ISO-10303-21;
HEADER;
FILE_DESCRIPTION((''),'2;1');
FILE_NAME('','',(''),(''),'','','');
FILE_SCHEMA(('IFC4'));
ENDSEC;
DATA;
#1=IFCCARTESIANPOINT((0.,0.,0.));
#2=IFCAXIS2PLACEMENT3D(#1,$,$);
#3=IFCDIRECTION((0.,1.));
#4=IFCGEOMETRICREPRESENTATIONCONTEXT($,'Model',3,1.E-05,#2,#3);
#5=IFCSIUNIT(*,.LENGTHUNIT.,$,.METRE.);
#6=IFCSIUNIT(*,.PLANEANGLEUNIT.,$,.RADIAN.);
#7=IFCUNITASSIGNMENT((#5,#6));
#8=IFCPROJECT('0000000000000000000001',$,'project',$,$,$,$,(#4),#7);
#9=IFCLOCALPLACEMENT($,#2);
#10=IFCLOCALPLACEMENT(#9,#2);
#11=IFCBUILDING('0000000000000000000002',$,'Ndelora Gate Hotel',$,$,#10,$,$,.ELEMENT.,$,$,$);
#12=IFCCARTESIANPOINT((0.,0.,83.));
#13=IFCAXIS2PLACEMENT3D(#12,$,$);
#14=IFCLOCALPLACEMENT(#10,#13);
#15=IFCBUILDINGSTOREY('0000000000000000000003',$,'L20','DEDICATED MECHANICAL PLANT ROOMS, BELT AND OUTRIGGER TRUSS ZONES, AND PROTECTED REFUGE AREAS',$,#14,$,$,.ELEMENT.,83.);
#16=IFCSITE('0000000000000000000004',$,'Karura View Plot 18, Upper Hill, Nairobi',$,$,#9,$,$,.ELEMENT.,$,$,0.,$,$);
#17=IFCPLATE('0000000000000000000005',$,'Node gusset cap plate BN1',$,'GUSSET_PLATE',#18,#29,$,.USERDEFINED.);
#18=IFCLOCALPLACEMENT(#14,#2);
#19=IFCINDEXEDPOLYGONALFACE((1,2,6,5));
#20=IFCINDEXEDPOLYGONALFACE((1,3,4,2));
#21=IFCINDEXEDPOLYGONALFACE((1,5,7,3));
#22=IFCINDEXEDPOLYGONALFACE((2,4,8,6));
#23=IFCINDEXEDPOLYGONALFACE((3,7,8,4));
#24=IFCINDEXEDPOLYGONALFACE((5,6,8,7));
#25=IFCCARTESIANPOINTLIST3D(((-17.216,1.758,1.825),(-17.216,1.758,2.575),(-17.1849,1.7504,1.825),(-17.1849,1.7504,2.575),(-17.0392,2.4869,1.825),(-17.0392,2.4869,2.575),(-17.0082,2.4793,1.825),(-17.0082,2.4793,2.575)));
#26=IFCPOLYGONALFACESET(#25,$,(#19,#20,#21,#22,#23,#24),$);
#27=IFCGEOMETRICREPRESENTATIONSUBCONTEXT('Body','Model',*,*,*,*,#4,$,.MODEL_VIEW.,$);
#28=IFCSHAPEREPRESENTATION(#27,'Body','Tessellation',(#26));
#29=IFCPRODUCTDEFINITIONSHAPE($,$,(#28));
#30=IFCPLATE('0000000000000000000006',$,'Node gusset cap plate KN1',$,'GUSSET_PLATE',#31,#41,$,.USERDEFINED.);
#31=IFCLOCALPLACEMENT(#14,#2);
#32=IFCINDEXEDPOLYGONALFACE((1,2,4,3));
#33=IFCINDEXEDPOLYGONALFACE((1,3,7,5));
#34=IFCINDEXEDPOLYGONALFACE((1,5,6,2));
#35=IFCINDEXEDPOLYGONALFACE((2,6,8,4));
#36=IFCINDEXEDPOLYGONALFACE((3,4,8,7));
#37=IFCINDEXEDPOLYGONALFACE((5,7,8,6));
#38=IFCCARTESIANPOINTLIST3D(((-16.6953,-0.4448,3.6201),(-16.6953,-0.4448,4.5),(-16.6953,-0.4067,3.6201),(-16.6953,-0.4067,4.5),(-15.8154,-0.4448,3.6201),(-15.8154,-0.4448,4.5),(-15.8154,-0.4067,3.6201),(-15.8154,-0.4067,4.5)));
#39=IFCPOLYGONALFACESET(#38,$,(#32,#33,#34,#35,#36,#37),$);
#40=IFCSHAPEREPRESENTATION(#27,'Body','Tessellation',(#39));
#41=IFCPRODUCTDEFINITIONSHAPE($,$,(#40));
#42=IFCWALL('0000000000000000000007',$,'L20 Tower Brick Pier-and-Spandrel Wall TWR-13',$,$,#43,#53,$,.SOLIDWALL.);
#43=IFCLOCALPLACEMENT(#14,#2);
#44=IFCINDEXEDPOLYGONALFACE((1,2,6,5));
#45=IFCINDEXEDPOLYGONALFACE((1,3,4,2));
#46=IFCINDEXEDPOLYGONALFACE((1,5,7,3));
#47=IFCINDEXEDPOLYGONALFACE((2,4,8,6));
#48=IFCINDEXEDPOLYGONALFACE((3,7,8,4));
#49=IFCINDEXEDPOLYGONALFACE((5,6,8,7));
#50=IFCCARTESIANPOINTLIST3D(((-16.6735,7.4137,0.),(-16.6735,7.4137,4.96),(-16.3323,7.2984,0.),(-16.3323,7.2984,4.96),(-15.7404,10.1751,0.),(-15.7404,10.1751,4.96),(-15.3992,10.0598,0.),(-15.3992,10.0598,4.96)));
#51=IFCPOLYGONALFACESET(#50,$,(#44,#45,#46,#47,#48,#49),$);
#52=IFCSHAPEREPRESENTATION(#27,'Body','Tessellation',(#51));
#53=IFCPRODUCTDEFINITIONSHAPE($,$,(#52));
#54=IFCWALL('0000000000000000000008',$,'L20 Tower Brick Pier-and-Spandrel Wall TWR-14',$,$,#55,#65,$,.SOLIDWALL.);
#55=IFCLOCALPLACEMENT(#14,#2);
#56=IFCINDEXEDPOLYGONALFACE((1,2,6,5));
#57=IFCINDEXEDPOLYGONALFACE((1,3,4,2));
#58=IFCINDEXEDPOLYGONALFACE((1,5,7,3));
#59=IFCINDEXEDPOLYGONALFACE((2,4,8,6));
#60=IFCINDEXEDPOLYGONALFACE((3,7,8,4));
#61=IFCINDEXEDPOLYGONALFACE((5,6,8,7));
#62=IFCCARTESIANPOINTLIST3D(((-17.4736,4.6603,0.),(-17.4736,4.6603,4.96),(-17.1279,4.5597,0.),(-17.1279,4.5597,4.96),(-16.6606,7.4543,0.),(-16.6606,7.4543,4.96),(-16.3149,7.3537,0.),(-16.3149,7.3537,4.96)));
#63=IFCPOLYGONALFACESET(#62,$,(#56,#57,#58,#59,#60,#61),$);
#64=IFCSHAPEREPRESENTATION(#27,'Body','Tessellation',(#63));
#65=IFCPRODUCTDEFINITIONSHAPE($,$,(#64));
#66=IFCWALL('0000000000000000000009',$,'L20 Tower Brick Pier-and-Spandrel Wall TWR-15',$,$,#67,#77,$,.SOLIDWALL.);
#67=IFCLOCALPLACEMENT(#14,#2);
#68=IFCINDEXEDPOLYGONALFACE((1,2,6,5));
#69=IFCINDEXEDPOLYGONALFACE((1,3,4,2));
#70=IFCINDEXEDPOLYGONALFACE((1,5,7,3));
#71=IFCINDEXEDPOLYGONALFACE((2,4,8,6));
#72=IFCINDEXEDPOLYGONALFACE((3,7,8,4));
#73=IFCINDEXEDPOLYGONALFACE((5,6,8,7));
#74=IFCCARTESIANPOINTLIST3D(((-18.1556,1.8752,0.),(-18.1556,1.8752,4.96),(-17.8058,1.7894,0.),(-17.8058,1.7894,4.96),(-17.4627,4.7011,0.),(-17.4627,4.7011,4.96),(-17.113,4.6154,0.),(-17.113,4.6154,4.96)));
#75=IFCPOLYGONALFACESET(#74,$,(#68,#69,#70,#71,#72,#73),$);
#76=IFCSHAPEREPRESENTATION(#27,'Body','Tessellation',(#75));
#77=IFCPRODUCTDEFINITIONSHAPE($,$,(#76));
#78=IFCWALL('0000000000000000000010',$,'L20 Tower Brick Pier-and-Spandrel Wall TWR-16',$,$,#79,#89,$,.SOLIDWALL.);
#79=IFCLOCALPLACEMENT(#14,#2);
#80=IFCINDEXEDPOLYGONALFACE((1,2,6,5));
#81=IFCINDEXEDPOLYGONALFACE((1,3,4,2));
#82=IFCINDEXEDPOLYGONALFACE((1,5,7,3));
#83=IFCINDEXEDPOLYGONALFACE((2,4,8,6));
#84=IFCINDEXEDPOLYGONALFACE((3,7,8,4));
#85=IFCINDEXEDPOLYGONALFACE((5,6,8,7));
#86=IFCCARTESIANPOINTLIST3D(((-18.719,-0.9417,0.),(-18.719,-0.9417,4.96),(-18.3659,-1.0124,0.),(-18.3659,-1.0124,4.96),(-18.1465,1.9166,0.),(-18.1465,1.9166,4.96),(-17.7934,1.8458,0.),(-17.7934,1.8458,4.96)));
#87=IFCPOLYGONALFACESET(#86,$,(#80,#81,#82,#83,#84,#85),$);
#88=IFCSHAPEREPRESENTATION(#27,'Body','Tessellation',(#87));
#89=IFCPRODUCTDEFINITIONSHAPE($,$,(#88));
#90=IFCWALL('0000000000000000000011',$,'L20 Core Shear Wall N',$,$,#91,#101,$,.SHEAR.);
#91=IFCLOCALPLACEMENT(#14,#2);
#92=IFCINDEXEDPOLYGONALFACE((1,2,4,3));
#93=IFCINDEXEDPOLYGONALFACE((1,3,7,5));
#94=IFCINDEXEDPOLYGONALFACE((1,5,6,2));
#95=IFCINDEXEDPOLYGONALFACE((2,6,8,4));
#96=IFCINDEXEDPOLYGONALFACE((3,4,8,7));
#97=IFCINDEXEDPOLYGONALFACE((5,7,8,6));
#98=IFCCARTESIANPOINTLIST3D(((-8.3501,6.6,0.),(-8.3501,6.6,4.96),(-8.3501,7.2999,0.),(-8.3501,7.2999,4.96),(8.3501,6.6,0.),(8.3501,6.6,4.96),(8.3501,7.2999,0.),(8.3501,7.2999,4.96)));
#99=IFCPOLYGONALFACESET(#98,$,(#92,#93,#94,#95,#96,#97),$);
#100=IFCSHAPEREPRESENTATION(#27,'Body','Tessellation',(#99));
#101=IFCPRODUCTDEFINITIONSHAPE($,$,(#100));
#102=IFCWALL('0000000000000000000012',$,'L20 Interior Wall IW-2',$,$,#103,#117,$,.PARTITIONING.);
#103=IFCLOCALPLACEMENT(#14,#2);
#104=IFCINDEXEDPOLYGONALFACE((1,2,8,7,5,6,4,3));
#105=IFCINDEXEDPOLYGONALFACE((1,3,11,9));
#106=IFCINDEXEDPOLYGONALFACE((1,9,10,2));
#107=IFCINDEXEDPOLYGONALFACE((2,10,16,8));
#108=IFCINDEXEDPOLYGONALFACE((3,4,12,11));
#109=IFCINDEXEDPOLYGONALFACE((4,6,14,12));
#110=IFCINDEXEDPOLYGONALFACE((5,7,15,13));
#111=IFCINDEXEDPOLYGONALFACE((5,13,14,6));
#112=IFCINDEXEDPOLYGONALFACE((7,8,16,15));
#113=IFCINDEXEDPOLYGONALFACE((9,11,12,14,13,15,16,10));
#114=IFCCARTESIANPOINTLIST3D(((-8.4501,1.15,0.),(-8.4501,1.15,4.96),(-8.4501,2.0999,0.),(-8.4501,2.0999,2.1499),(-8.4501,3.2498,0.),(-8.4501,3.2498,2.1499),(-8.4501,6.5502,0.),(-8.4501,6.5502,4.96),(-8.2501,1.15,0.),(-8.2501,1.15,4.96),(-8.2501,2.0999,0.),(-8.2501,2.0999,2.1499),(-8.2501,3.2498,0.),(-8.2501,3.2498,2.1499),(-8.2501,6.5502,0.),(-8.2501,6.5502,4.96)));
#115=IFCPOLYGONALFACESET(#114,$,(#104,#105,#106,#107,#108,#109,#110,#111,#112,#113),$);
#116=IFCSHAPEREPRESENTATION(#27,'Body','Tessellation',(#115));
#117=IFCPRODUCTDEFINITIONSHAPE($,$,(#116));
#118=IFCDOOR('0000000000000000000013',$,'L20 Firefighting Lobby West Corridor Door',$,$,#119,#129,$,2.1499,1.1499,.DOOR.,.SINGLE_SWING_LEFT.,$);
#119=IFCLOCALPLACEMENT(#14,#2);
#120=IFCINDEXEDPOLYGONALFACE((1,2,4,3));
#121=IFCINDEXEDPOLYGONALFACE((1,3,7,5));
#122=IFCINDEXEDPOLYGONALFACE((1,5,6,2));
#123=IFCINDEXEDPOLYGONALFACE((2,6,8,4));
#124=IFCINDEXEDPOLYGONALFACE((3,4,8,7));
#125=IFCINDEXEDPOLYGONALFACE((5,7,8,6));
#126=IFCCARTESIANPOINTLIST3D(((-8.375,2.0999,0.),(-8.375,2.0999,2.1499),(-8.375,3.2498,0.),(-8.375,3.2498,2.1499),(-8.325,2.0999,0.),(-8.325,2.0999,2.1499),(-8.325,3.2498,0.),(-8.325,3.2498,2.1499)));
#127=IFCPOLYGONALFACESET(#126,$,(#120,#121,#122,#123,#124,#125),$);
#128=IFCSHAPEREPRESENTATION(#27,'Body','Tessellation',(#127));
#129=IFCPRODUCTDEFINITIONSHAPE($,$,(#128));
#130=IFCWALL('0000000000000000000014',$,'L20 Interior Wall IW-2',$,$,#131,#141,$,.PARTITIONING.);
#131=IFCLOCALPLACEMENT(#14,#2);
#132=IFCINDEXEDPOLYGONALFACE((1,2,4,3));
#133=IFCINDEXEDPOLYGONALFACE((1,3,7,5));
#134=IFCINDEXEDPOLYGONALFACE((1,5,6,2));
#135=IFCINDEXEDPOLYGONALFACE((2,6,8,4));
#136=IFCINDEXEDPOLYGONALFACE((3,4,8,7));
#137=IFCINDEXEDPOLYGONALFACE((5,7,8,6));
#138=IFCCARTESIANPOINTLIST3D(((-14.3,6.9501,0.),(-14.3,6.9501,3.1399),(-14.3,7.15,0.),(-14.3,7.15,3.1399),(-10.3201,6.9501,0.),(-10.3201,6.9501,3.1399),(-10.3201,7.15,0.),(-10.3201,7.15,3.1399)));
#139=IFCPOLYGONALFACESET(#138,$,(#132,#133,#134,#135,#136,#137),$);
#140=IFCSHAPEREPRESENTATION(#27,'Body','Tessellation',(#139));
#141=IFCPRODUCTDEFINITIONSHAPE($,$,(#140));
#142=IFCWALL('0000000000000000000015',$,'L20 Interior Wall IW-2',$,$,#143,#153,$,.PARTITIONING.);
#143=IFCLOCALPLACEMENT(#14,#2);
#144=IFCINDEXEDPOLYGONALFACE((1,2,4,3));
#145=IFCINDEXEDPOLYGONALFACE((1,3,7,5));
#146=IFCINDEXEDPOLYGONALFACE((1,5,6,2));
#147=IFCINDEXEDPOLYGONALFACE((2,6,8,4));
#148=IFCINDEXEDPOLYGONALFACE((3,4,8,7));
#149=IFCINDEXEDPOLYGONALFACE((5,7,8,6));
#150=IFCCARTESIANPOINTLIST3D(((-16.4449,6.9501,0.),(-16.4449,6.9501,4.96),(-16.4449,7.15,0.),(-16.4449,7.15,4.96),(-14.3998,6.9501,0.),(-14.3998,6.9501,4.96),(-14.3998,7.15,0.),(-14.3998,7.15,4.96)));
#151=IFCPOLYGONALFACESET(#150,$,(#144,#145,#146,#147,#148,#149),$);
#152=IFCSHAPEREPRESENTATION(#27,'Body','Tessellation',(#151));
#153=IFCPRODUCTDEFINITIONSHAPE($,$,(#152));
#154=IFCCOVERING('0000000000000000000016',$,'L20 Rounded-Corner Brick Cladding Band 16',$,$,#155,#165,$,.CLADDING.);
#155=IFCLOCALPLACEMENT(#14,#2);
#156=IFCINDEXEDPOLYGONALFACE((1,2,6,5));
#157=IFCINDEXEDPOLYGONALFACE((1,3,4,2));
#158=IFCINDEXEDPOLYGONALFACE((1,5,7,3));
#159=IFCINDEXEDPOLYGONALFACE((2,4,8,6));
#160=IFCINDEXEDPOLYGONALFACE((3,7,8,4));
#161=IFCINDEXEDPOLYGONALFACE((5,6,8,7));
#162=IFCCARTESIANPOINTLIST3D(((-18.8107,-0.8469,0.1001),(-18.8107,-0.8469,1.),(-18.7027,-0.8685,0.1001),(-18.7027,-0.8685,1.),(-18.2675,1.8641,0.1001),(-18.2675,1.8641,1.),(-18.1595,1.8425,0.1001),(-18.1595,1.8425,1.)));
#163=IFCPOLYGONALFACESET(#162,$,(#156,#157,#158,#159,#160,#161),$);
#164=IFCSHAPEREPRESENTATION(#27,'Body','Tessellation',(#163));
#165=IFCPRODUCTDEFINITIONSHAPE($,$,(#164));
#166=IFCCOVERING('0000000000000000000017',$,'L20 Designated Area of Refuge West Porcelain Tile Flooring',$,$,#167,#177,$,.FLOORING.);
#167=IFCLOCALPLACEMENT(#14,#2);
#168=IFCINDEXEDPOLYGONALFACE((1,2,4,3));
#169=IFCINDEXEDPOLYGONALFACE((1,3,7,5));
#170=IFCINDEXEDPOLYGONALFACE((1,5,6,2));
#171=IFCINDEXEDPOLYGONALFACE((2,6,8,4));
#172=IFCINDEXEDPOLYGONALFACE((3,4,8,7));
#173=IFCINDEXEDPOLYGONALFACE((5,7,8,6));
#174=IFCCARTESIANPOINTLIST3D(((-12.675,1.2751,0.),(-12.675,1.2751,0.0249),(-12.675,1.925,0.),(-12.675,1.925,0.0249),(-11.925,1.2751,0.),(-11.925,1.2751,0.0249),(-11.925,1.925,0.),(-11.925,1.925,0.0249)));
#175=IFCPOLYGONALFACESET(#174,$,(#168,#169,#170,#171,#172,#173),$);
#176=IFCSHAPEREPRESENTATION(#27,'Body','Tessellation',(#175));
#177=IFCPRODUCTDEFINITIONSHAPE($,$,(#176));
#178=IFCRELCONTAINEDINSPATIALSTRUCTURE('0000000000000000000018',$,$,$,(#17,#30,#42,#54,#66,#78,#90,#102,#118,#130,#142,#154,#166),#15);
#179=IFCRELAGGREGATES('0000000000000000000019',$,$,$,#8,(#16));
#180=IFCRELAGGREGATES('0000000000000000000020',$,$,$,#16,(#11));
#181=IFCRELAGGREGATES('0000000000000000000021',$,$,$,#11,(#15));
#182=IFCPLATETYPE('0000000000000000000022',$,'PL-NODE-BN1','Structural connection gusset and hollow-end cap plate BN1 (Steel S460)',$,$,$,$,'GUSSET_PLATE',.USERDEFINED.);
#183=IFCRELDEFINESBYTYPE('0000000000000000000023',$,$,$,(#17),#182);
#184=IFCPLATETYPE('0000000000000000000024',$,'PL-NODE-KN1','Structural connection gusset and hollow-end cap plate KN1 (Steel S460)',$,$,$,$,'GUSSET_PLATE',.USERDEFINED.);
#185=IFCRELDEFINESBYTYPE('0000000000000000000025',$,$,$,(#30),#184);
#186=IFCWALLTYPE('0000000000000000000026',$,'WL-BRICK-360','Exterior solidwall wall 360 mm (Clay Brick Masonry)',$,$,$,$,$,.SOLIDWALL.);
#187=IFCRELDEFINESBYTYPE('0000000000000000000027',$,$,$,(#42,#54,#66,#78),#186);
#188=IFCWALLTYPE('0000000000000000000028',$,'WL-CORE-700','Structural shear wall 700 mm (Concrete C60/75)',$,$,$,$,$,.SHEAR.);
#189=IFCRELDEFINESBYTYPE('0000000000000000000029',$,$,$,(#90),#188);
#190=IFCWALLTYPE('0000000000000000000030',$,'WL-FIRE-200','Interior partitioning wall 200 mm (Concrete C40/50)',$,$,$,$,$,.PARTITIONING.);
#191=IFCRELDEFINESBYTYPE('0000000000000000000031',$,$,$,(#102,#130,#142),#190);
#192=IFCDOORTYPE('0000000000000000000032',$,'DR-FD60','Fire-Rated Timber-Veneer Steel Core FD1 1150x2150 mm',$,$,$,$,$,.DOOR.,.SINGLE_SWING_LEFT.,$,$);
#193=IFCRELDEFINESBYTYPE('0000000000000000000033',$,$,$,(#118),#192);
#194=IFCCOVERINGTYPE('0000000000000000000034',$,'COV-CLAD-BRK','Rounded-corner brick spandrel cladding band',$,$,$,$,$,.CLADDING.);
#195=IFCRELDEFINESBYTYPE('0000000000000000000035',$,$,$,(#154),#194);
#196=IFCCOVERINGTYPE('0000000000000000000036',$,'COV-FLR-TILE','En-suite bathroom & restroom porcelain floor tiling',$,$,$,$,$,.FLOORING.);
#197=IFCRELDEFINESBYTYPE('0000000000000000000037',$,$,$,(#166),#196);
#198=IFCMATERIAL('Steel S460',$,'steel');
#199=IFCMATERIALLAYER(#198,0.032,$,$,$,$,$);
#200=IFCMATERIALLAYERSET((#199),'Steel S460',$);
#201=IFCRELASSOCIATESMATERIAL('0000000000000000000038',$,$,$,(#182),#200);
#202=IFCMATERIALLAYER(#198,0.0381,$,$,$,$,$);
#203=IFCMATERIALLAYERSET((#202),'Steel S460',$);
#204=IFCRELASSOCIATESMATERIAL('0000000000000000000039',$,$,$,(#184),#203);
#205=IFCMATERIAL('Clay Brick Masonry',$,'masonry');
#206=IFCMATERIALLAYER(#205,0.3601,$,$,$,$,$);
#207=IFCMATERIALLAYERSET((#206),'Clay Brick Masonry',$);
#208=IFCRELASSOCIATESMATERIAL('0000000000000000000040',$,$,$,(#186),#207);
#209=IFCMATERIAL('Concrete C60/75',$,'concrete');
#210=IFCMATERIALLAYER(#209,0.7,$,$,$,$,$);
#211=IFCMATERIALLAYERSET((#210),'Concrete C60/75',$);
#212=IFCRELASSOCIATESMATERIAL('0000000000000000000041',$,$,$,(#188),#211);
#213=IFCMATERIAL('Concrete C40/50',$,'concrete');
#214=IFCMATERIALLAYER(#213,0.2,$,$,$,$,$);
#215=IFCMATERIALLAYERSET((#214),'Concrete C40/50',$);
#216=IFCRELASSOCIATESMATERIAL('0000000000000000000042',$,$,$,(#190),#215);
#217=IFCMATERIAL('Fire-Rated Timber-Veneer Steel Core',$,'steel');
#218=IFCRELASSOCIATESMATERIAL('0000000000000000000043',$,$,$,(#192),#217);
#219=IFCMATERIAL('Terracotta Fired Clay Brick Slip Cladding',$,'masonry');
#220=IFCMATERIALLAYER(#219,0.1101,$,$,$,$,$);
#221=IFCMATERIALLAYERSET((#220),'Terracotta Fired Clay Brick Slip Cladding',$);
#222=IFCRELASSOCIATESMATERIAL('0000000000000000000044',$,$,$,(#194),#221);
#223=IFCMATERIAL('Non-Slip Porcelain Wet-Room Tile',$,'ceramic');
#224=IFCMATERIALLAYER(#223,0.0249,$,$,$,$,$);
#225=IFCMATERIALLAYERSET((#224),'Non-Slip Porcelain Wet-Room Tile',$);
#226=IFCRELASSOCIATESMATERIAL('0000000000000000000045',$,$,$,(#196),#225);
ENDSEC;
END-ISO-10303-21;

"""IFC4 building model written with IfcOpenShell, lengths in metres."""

from ifc_helpers import new_model, si_unit, direction, frame, frame_2d, origin, origin_2d, place, context, subcontext, project, spatial, rectangle, extrude, material, layer, layer_set, type_object, element, fill, save


model = new_model("IFC4")

# Units and contexts
model_context = context("Model", 3, precision=1e-05, world=origin(), true_north=direction((0.0, 1.0)))
body_context = subcontext(model_context, "Body", "Model", "MODEL_VIEW")
ifc_project = project(units=[si_unit("LENGTHUNIT", "METRE"), si_unit("PLANEANGLEUNIT", "RADIAN")], contexts=[model_context])

# Site, building, storey
site_placement = place(None, origin())
site = spatial("IfcSite", under=ifc_project, at=site_placement, Name="Karura View Plot 18, Upper Hill, Nairobi", CompositionType="ELEMENT", RefElevation=0.0)
building_placement = place(site_placement, origin())
building = spatial("IfcBuilding", under=site, at=building_placement, Name="Ndelora Gate Hotel", CompositionType="ELEMENT")
storey_placement = place(building_placement, frame((0.0, 0.0, 83.0)))
storey = spatial("IfcBuildingStorey", under=building, at=storey_placement, Name="L20", Description="DEDICATED MECHANICAL PLANT ROOMS, BELT AND OUTRIGGER TRUSS ZONES, AND PROTECTED REFUGE AREAS", CompositionType="ELEMENT", Elevation=83.0)

# Shared definitions
ifc_material_1 = material(Name="Concrete C60/75", Category="concrete")

# Shared definitions
ifc_material_2 = material(Name="Steel S460", Category="steel")

# Plates
ifc_layer_1 = layer(ifc_material_2, 0.032)
ifc_layer_set_1 = layer_set([ifc_layer_1], Name="Steel S460")
plate_type_1 = type_object("IfcPlateType", Name="PL-NODE-BN1", Description="Structural connection gusset and hollow-end cap plate BN1 (Steel S460)", ElementType="GUSSET_PLATE", PredefinedType="USERDEFINED", material=ifc_layer_set_1)
for number, where, z_axis, x_axis, name in (
    (1, (-17.1121, 2.1187, 1.825), (0.0, 0.0, 1.0), (0.235651, 0.971838, 0.0), "Node gusset cap plate BN1"),
):
    element("IfcPlate", number, at=place(storey_placement, frame(where, z_axis=z_axis, x_axis=x_axis)), inside=storey, type_object=plate_type_1, Name=name, ObjectType="GUSSET_PLATE", PredefinedType="USERDEFINED", context=body_context, shape_type="SweptSolid", body=[
        extrude(rectangle(XDim=0.75, YDim=0.032, at=origin_2d()), origin(), (0.0, 0.0, 1.0), 0.75),
    ])
ifc_layer_2 = layer(ifc_material_2, 0.0381)
ifc_layer_set_2 = layer_set([ifc_layer_2], Name="Steel S460")
plate_type_2 = type_object("IfcPlateType", Name="PL-NODE-KN1", Description="Structural connection gusset and hollow-end cap plate KN1 (Steel S460)", ElementType="GUSSET_PLATE", PredefinedType="USERDEFINED", material=ifc_layer_set_2)
plate_placement = place(storey_placement, frame((-16.2554, -0.4258, 3.6201), z_axis=(0.0, 0.0, 1.0), x_axis=(1.0, 0.0, 0.0)))
element("IfcPlate", 2, at=plate_placement, inside=storey, type_object=plate_type_2, Name="Node gusset cap plate KN1", ObjectType="GUSSET_PLATE", PredefinedType="USERDEFINED", context=body_context, shape_type="SweptSolid", body=[
    extrude(rectangle(XDim=0.8799, YDim=0.0381, at=origin_2d()), origin(), (0.0, 0.0, 1.0), 0.8799),
])

# Walls
ifc_material_3 = material(Name="Clay Brick Masonry", Category="masonry")
ifc_layer_3 = layer(ifc_material_3, 0.3601)
ifc_layer_set_3 = layer_set([ifc_layer_3], Name="Clay Brick Masonry")
wall_type_1 = type_object("IfcWallType", Name="WL-BRICK-360", Description="Exterior solidwall wall 360 mm (Clay Brick Masonry)", PredefinedType="SOLIDWALL", material=ifc_layer_set_3)
wall_1_placement = place(storey_placement, frame((-16.5029, 7.356, 0.0), z_axis=(0.0, 0.0, 1.0), x_axis=(0.32012, 0.947377, 0.0)))
element("IfcWall", 3, at=wall_1_placement, inside=storey, type_object=wall_type_1, Name="L20 Tower Brick Pier-and-Spandrel Wall TWR-13", PredefinedType="SOLIDWALL", context=body_context, shape_type="SweptSolid", body=[
    extrude(rectangle(XDim=2.9148, YDim=0.3601, at=frame_2d((1.4575, 0.0))), origin(), (0.0, 0.0, 1.0), 4.96),
])
wall_2_placement = place(storey_placement, frame((-17.3008, 4.6099, 0.0), z_axis=(0.0, 0.0, 1.0), x_axis=(0.279394, 0.960176, 0.0)))
element("IfcWall", 4, at=wall_2_placement, inside=storey, type_object=wall_type_1, Name="L20 Tower Brick Pier-and-Spandrel Wall TWR-14", PredefinedType="SOLIDWALL", context=body_context, shape_type="SweptSolid", body=[
    extrude(rectangle(XDim=2.9099, YDim=0.3601, at=frame_2d((1.4551, 0.0))), origin(), (0.0, 0.0, 1.0), 4.96),
])
wall_3_placement = place(storey_placement, frame((-17.9807, 1.8323, 0.0), z_axis=(0.0, 0.0, 1.0), x_axis=(0.23813, 0.971233, 0.0)))
element("IfcWall", 5, at=wall_3_placement, inside=storey, type_object=wall_type_1, Name="L20 Tower Brick Pier-and-Spandrel Wall TWR-15", PredefinedType="SOLIDWALL", context=body_context, shape_type="SweptSolid", body=[
    extrude(rectangle(XDim=2.9097, YDim=0.3601, at=frame_2d((1.4548, 0.0))), origin(), (0.0, 0.0, 1.0), 4.96),
])
wall_4_placement = place(storey_placement, frame((-18.5425, -0.9771, 0.0), z_axis=(0.0, 0.0, 1.0), x_axis=(0.196406, 0.980523, 0.0)))
element("IfcWall", 6, at=wall_4_placement, inside=storey, type_object=wall_type_1, Name="L20 Tower Brick Pier-and-Spandrel Wall TWR-16", PredefinedType="SOLIDWALL", context=body_context, shape_type="SweptSolid", body=[
    extrude(rectangle(XDim=2.915, YDim=0.3601, at=frame_2d((1.4575, 0.0))), origin(), (0.0, 0.0, 1.0), 4.96),
])
ifc_layer_4 = layer(ifc_material_1, 0.7)
ifc_layer_set_4 = layer_set([ifc_layer_4], Name="Concrete C60/75")
wall_type_2 = type_object("IfcWallType", Name="WL-CORE-700", Description="Structural shear wall 700 mm (Concrete C60/75)", PredefinedType="SHEAR", material=ifc_layer_set_4)
wall_5_placement = place(storey_placement, frame((-8.3501, 6.95, 0.0), z_axis=(0.0, 0.0, 1.0), x_axis=(1.0, 0.0, 0.0)))
element("IfcWall", 7, at=wall_5_placement, inside=storey, type_object=wall_type_2, Name="L20 Core Shear Wall N", PredefinedType="SHEAR", context=body_context, shape_type="SweptSolid", body=[
    extrude(rectangle(XDim=16.7002, YDim=0.7, at=frame_2d((8.3501, 0.0))), origin(), (0.0, 0.0, 1.0), 4.96),
])

# Wall, opening, door
ifc_material_4 = material(Name="Concrete C40/50", Category="concrete")
ifc_layer_5 = layer(ifc_material_4, 0.2)
ifc_layer_set_5 = layer_set([ifc_layer_5], Name="Concrete C40/50")
wall_type_3 = type_object("IfcWallType", Name="WL-FIRE-200", Description="Interior partitioning wall 200 mm (Concrete C40/50)", PredefinedType="PARTITIONING", material=ifc_layer_set_5)
wall_6_placement = place(storey_placement, frame((-8.3501, 1.1499, 0.0), z_axis=(0.0, 0.0, 1.0), x_axis=(0.0, 1.0, 0.0)))
wall_6 = element("IfcWall", 8, at=wall_6_placement, inside=storey, type_object=wall_type_3, Name="L20 Interior Wall IW-2", PredefinedType="PARTITIONING", context=body_context, shape_type="SweptSolid", body=[
    extrude(rectangle(XDim=5.4001, YDim=0.2, at=frame_2d((2.7002, 0.0))), origin(), (0.0, 0.0, 1.0), 4.96),
])
opening_placement = place(wall_6_placement, frame((0.95, 0.0, 0.0)))
opening = element("IfcOpeningElement", 9, at=opening_placement, cuts=wall_6, PredefinedType="OPENING", context=body_context, shape_type="SweptSolid", body=[
    extrude(rectangle(XDim=1.1499, YDim=2.1499, at=frame_2d((0.575, 1.075))), frame((0.0, 0.1099, 0.0), z_axis=(0.0, -1.0, 0.0), x_axis=(1.0, 0.0, 0.0)), (0.0, 0.0, 1.0), 0.22),
])
ifc_material_5 = material(Name="Fire-Rated Timber-Veneer Steel Core", Category="steel")
door_type = type_object("IfcDoorType", Name="DR-FD60", Description="Fire-Rated Timber-Veneer Steel Core FD1 1150x2150 mm", OperationType="SINGLE_SWING_LEFT", PredefinedType="DOOR", material=ifc_material_5)
door_placement = place(opening_placement, origin())
door = element("IfcDoor", 10, at=door_placement, inside=storey, type_object=door_type, Name="L20 Firefighting Lobby West Corridor Door", OperationType="SINGLE_SWING_LEFT", OverallHeight=2.1499, OverallWidth=1.1499, PredefinedType="DOOR", context=body_context, shape_type="SweptSolid", body=[
    extrude(rectangle(XDim=1.1499, YDim=2.1499, at=frame_2d((0.575, 1.075))), frame((0.0, 0.0249, 0.0), z_axis=(0.0, -1.0, 0.0), x_axis=(1.0, 0.0, 0.0)), (0.0, 0.0, 1.0), 0.05),
])
fill(opening, door)

# Walls
wall_7_placement = place(storey_placement, frame((-10.3201, 7.05, 0.0), z_axis=(0.0, 0.0, 1.0), x_axis=(-1.0, 0.0, 0.0)))
element("IfcWall", 11, at=wall_7_placement, inside=storey, type_object=wall_type_3, Name="L20 Interior Wall IW-2", PredefinedType="PARTITIONING", context=body_context, shape_type="SweptSolid", body=[
    extrude(rectangle(XDim=3.98, YDim=0.2, at=frame_2d((1.99, 0.0))), origin(), (0.0, 0.0, 1.0), 3.1399),
])
wall_8_placement = place(storey_placement, frame((-14.3999, 7.05, 0.0), z_axis=(0.0, 0.0, 1.0), x_axis=(-1.0, 0.0, 0.0)))
element("IfcWall", 12, at=wall_8_placement, inside=storey, type_object=wall_type_3, Name="L20 Interior Wall IW-2", PredefinedType="PARTITIONING", context=body_context, shape_type="SweptSolid", body=[
    extrude(rectangle(XDim=2.0452, YDim=0.2, at=frame_2d((1.0225, 0.0))), origin(), (0.0, 0.0, 1.0), 4.96),
])

# Coverings
ifc_material_6 = material(Name="Terracotta Fired Clay Brick Slip Cladding", Category="masonry")
ifc_layer_6 = layer(ifc_material_6, 0.1101)
ifc_layer_set_6 = layer_set([ifc_layer_6], Name="Terracotta Fired Clay Brick Slip Cladding")
covering_type_1 = type_object("IfcCoveringType", Name="COV-CLAD-BRK", Description="Rounded-corner brick spandrel cladding band", PredefinedType="CLADDING", material=ifc_layer_set_6)
covering_1_placement = place(storey_placement, frame((-18.4851, 0.4978, 0.1001), z_axis=(0.0, 0.0, 1.0), x_axis=(0.19646, 0.980512, 0.0)))
element("IfcCovering", 13, at=covering_1_placement, inside=storey, type_object=covering_type_1, Name="L20 Rounded-Corner Brick Cladding Band 16", PredefinedType="CLADDING", context=body_context, shape_type="SweptSolid", body=[
    extrude(rectangle(XDim=2.7649, YDim=0.1101, at=origin_2d()), origin(), (0.0, 0.0, 1.0), 0.8999),
])
ifc_material_7 = material(Name="Non-Slip Porcelain Wet-Room Tile", Category="ceramic")
ifc_layer_7 = layer(ifc_material_7, 0.0249)
ifc_layer_set_7 = layer_set([ifc_layer_7], Name="Non-Slip Porcelain Wet-Room Tile")
covering_type_2 = type_object("IfcCoveringType", Name="COV-FLR-TILE", Description="En-suite bathroom & restroom porcelain floor tiling", PredefinedType="FLOORING", material=ifc_layer_set_7)
covering_2_placement = place(storey_placement, frame((-12.3, 1.6001, 0.0), z_axis=(0.0, 0.0, 1.0), x_axis=(1.0, 0.0, 0.0)))
element("IfcCovering", 14, at=covering_2_placement, inside=storey, type_object=covering_type_2, Name="L20 Designated Area of Refuge West Porcelain Tile Flooring", PredefinedType="FLOORING", context=body_context, shape_type="SweptSolid", body=[
    extrude(rectangle(XDim=0.75, YDim=0.6499, at=origin_2d()), origin(), (0.0, 0.0, 1.0), 0.0249),
])

save(model, "model.ifc")
